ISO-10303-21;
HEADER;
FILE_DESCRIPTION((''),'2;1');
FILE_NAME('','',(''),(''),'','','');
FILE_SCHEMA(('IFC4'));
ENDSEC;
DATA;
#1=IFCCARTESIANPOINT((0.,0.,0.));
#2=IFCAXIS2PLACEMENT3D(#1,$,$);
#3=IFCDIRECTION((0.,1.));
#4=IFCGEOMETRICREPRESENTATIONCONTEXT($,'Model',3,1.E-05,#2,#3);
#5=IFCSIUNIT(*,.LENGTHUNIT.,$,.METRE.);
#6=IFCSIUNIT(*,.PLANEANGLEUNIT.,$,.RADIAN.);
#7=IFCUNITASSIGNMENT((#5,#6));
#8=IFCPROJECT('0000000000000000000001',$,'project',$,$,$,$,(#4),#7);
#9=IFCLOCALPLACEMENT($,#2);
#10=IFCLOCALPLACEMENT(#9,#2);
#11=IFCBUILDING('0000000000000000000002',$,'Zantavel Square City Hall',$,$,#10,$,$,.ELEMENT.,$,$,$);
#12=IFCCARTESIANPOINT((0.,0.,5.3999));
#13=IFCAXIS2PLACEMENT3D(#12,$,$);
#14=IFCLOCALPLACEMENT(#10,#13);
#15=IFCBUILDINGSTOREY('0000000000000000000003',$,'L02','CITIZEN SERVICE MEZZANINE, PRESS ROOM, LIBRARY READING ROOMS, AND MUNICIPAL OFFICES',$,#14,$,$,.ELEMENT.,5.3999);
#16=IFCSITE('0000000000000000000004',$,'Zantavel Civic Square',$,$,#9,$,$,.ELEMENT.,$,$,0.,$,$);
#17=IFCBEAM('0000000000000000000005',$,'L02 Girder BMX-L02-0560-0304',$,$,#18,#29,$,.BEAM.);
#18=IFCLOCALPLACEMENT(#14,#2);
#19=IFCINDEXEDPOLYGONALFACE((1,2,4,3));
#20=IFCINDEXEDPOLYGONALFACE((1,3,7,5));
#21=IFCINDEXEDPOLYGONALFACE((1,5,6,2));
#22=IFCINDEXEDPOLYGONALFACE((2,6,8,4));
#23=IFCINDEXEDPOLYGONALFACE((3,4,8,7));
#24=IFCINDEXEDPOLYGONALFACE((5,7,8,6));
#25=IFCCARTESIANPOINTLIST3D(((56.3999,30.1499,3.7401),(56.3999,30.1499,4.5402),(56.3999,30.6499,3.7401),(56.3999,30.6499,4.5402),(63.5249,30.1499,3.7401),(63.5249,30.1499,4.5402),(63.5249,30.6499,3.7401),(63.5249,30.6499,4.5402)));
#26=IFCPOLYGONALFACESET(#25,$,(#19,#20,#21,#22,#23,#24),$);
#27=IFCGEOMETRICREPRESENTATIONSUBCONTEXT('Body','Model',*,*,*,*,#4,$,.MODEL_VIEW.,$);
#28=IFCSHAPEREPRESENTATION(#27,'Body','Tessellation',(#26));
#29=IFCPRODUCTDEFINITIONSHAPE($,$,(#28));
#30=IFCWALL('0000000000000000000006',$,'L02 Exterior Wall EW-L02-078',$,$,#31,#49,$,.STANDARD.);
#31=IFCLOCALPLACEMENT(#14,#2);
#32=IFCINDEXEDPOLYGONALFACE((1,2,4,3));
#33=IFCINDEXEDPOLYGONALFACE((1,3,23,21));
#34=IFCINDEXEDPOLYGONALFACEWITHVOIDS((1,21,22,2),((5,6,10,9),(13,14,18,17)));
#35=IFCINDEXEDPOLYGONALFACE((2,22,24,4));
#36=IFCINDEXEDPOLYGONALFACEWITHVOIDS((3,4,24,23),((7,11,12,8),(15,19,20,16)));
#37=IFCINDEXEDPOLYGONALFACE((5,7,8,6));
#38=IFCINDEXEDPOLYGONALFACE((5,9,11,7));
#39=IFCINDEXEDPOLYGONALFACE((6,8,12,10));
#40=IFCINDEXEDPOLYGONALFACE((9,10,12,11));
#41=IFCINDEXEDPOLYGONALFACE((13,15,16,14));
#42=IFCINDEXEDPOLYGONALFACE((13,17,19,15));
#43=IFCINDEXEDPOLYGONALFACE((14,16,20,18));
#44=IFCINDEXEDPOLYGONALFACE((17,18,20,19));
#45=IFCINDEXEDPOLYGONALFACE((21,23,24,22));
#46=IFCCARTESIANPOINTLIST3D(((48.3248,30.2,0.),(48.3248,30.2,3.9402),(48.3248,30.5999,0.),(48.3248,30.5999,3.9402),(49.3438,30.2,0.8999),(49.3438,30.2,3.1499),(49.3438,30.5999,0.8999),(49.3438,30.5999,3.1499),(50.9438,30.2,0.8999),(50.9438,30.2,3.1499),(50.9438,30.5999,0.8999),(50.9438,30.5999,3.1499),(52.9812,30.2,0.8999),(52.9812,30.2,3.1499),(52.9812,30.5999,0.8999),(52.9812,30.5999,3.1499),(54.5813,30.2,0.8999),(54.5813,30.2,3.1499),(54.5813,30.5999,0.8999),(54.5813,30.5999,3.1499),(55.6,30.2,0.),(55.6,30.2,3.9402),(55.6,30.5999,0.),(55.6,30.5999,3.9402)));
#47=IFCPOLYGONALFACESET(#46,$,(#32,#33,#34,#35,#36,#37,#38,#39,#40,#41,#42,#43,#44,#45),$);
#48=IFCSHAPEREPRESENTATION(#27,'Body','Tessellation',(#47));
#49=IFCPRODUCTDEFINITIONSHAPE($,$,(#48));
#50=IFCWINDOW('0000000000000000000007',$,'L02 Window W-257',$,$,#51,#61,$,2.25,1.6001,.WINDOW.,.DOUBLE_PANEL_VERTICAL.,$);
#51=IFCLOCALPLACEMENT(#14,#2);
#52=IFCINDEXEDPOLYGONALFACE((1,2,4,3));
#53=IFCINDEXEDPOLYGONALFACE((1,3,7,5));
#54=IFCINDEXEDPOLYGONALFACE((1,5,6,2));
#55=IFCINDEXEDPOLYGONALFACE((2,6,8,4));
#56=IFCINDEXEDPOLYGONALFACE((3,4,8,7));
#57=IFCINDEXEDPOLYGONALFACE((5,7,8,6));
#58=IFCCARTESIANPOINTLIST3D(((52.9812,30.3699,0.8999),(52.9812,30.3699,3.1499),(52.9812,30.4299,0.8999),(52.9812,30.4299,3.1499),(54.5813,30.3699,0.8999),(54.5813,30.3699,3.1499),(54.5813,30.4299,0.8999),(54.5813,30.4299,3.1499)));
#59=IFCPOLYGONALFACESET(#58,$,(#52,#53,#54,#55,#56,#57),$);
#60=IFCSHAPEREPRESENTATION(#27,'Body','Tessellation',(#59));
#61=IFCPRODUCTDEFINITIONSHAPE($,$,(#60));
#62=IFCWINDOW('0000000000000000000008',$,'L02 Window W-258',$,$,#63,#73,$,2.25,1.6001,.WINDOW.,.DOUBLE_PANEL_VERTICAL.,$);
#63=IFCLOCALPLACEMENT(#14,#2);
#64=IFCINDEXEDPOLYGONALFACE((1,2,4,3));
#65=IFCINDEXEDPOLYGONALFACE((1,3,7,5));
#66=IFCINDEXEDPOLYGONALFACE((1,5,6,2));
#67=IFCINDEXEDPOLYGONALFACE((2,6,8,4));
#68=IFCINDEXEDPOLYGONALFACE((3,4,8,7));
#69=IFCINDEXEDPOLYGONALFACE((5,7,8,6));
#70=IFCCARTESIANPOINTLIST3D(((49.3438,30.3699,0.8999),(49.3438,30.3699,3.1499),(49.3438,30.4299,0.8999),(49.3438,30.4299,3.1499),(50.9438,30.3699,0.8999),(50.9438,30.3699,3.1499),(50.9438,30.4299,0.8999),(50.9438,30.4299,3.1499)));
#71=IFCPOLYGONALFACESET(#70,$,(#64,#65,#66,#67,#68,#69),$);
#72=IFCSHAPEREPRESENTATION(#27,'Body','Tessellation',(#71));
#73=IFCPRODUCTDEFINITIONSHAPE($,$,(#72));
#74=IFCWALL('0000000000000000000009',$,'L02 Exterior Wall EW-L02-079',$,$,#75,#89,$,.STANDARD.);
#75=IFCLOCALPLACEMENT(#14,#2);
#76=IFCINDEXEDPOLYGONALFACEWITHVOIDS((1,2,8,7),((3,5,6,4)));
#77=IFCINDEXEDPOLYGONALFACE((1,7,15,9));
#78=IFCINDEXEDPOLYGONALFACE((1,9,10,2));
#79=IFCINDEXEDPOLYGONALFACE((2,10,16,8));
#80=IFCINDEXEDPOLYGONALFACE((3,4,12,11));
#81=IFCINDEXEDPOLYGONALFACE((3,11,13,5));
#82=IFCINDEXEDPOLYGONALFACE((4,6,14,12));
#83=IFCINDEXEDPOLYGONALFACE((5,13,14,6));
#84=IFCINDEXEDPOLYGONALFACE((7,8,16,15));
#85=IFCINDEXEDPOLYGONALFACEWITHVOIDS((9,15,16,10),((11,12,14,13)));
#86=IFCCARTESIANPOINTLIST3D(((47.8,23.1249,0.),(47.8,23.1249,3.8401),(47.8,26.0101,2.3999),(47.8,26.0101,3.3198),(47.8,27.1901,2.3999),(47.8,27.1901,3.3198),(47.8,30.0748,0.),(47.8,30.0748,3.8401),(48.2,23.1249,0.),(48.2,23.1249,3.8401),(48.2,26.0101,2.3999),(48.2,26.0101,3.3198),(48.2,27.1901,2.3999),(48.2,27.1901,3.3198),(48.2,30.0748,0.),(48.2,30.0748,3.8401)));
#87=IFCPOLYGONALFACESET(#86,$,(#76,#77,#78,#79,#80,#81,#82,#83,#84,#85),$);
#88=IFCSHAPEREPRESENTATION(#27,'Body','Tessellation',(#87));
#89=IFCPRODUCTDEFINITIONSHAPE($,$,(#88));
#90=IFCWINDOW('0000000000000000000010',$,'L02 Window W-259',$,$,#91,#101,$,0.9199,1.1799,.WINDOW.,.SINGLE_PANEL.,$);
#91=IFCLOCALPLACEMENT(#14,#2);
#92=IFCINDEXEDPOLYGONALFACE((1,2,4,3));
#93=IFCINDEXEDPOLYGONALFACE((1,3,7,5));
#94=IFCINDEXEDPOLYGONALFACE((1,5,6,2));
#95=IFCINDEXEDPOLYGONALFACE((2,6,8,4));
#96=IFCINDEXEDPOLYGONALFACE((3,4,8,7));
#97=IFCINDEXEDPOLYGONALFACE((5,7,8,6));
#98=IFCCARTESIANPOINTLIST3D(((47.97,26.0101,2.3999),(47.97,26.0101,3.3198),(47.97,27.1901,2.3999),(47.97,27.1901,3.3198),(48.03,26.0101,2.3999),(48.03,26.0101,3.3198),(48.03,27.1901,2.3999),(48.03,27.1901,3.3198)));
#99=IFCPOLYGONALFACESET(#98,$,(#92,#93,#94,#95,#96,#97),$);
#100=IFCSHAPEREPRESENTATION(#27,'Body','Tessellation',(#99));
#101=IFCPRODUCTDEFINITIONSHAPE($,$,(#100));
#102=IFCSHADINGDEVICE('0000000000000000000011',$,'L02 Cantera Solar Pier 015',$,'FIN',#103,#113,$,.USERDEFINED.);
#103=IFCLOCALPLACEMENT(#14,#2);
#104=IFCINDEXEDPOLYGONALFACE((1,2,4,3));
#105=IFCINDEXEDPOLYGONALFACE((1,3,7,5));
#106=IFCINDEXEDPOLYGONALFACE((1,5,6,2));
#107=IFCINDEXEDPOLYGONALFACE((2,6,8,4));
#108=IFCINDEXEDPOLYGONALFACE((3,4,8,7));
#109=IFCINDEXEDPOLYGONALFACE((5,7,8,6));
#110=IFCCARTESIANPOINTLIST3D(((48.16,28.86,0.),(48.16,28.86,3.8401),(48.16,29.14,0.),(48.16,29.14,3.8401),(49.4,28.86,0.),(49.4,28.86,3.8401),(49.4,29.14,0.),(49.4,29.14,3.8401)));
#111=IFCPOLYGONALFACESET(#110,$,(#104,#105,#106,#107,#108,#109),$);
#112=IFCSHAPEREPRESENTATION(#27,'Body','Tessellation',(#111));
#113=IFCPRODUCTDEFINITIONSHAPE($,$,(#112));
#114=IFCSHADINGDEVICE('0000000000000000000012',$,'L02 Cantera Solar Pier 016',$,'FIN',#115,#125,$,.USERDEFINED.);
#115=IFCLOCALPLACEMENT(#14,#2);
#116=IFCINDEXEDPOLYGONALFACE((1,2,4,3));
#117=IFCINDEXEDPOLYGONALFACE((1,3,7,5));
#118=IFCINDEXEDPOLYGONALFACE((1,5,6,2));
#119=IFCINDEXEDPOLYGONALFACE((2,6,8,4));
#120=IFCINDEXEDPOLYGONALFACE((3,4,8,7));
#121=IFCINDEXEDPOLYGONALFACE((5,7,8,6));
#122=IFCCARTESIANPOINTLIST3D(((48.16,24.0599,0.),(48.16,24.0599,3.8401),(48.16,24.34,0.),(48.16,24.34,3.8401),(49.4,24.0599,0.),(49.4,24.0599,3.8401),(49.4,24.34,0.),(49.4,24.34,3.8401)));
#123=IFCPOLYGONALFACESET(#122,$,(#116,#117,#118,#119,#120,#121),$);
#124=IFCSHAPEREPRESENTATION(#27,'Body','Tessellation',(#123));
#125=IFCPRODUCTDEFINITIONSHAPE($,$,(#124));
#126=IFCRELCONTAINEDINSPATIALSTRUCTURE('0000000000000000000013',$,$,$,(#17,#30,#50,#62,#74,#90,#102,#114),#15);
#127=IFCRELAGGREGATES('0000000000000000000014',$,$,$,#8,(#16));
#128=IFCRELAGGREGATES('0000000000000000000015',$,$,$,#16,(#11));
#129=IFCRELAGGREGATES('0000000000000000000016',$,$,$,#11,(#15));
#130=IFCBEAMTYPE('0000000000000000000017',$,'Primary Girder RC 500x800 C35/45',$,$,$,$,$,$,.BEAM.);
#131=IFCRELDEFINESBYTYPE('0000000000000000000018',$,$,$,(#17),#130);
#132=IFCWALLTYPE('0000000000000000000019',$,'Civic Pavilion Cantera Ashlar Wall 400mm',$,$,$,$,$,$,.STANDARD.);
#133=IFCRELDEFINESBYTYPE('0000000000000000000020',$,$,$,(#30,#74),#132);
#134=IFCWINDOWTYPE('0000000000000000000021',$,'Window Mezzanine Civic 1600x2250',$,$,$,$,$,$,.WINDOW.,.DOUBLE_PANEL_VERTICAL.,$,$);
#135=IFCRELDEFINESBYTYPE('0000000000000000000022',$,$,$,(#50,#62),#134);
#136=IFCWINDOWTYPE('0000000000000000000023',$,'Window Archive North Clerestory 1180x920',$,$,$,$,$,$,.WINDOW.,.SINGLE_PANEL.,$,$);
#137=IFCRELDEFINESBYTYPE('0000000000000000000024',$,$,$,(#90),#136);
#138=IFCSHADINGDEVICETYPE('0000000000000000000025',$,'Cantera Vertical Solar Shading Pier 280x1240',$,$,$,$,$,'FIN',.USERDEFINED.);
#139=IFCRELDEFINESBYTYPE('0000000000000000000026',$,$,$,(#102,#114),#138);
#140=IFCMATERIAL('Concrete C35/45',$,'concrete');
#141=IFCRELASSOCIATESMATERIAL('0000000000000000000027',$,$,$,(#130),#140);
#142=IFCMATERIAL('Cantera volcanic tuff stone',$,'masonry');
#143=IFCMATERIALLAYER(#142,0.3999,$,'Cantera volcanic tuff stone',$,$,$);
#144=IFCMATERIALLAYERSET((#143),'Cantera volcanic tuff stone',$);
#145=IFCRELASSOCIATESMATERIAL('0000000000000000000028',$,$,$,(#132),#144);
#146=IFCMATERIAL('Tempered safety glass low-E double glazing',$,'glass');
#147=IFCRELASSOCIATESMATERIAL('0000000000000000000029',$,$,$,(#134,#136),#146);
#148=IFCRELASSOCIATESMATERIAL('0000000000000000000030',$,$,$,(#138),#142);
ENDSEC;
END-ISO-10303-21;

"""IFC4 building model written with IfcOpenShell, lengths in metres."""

from ifc_helpers import new_model, si_unit, direction, frame, frame_2d, origin, origin_2d, place, context, subcontext, project, spatial, rectangle, extrude, material, layer, layer_set, material_profile, profile_set, type_object, element, fill, save


model = new_model("IFC4")

# Units and contexts
model_context = context("Model", 3, precision=1e-05, world=origin(), true_north=direction((0.0, 1.0)))
body_context = subcontext(model_context, "Body", "Model", "MODEL_VIEW")
ifc_project = project(units=[si_unit("LENGTHUNIT", "METRE"), si_unit("PLANEANGLEUNIT", "RADIAN")], contexts=[model_context])

# Site, building, storey
site_placement = place(None, origin())
site = spatial("IfcSite", under=ifc_project, at=site_placement, Name="Zantavel Civic Square", CompositionType="ELEMENT", RefElevation=0.0)
building_placement = place(site_placement, origin())
building = spatial("IfcBuilding", under=site, at=building_placement, Name="Zantavel Square City Hall", CompositionType="ELEMENT")
storey_placement = place(building_placement, frame((0.0, 0.0, 5.3999)))
storey = spatial("IfcBuildingStorey", under=building, at=storey_placement, Name="L02", Description="CITIZEN SERVICE MEZZANINE, PRESS ROOM, LIBRARY READING ROOMS, AND MUNICIPAL OFFICES", CompositionType="ELEMENT", Elevation=5.3999)

# Beam
ifc_material_1 = material(Name="Concrete C35/45", Category="concrete")
ifc_material_profile_1 = material_profile(ifc_material_1, rectangle(XDim=0.5, YDim=0.8, at=origin_2d()), Name="RC 500x800")
ifc_profile_set_1 = profile_set([ifc_material_profile_1], Name="Concrete C35/45")
beam_type_1 = type_object("IfcBeamType", Name="Primary Girder RC 500x800 C35/45", PredefinedType="BEAM", material=ifc_profile_set_1)
beam_1_placement = place(storey_placement, frame((56.3999, 30.3999, 4.1401), z_axis=(1.0, 0.0, 0.0), x_axis=(0.0, 1.0, 0.0)))
element("IfcBeam", 1, at=beam_1_placement, inside=storey, type_object=beam_type_1, Name="L02 Girder BMX-L02-0560-0304", PredefinedType="BEAM", context=body_context, shape_type="SweptSolid", body=[
    extrude(rectangle(XDim=0.5, YDim=0.8, at=origin_2d()), origin(), (0.0, 0.0, 1.0), 7.125),
])

# Wall, openings, windows
ifc_material_2 = material(Name="Cantera volcanic tuff stone", Category="masonry")
ifc_layer = layer(ifc_material_2, 0.3999, Name="Cantera volcanic tuff stone")
ifc_layer_set = layer_set([ifc_layer], Name="Cantera volcanic tuff stone")
wall_type = type_object("IfcWallType", Name="Civic Pavilion Cantera Ashlar Wall 400mm", PredefinedType="STANDARD", material=ifc_layer_set)
wall_1_placement = place(storey_placement, frame((55.6001, 30.3999, 0.0), z_axis=(0.0, 0.0, 1.0), x_axis=(-1.0, 0.0, 0.0)))
wall_1 = element("IfcWall", 2, at=wall_1_placement, inside=storey, type_object=wall_type, Name="L02 Exterior Wall EW-L02-078", PredefinedType="STANDARD", context=body_context, shape_type="SweptSolid", body=[
    extrude(rectangle(XDim=7.2751, YDim=0.3999, at=frame_2d((3.6377, 0.0))), origin(), (0.0, 0.0, 1.0), 3.9402),
])
opening_1_placement = place(wall_1_placement, frame((1.0188, 0.0, 0.8999)))
opening_1 = element("IfcOpeningElement", 3, at=opening_1_placement, cuts=wall_1, PredefinedType="OPENING", context=body_context, shape_type="SweptSolid", body=[
    extrude(rectangle(XDim=1.6001, YDim=2.25, at=frame_2d((0.8, 1.125))), frame((0.0, 0.21, 0.0), z_axis=(0.0, -1.0, 0.0), x_axis=(1.0, 0.0, 0.0)), (0.0, 0.0, 1.0), 0.4199),
])
opening_2_placement = place(wall_1_placement, frame((4.6562, 0.0, 0.8999)))
opening_2 = element("IfcOpeningElement", 4, at=opening_2_placement, cuts=wall_1, PredefinedType="OPENING", context=body_context, shape_type="SweptSolid", body=[
    extrude(rectangle(XDim=1.6001, YDim=2.25, at=frame_2d((0.8, 1.125))), frame((0.0, 0.21, 0.0), z_axis=(0.0, -1.0, 0.0), x_axis=(1.0, 0.0, 0.0)), (0.0, 0.0, 1.0), 0.4199),
])
ifc_material_3 = material(Name="Tempered safety glass low-E double glazing", Category="glass")
window_type_1 = type_object("IfcWindowType", Name="Window Mezzanine Civic 1600x2250", PartitioningType="DOUBLE_PANEL_VERTICAL", PredefinedType="WINDOW", material=ifc_material_3)
window_1_placement = place(opening_1_placement, origin())
window_1 = element("IfcWindow", 5, at=window_1_placement, inside=storey, type_object=window_type_1, Name="L02 Window W-257", OverallHeight=2.25, OverallWidth=1.6001, PartitioningType="DOUBLE_PANEL_VERTICAL", PredefinedType="WINDOW", context=body_context, shape_type="SweptSolid", body=[
    extrude(rectangle(XDim=1.6001, YDim=2.25, at=frame_2d((0.8, 1.125))), frame((0.0, 0.03, 0.0), z_axis=(0.0, -1.0, 0.0), x_axis=(1.0, 0.0, 0.0)), (0.0, 0.0, 1.0), 0.0601),
])
fill(opening_1, window_1)
window_2_placement = place(opening_2_placement, origin())
window_2 = element("IfcWindow", 6, at=window_2_placement, inside=storey, type_object=window_type_1, Name="L02 Window W-258", OverallHeight=2.25, OverallWidth=1.6001, PartitioningType="DOUBLE_PANEL_VERTICAL", PredefinedType="WINDOW", context=body_context, shape_type="SweptSolid", body=[
    extrude(rectangle(XDim=1.6001, YDim=2.25, at=frame_2d((0.8, 1.125))), frame((0.0, 0.03, 0.0), z_axis=(0.0, -1.0, 0.0), x_axis=(1.0, 0.0, 0.0)), (0.0, 0.0, 1.0), 0.0601),
])
fill(opening_2, window_2)

# Wall, opening, window
wall_2_placement = place(storey_placement, frame((48.0, 30.075, 0.0), z_axis=(0.0, 0.0, 1.0), x_axis=(0.0, -1.0, 0.0)))
wall_2 = element("IfcWall", 7, at=wall_2_placement, inside=storey, type_object=wall_type, Name="L02 Exterior Wall EW-L02-079", PredefinedType="STANDARD", context=body_context, shape_type="SweptSolid", body=[
    extrude(rectangle(XDim=6.95, YDim=0.3999, at=frame_2d((3.4751, 0.0))), origin(), (0.0, 0.0, 1.0), 3.8401),
])
opening_3_placement = place(wall_2_placement, frame((2.885, 0.0, 2.3999)))
opening_3 = element("IfcOpeningElement", 8, at=opening_3_placement, cuts=wall_2, PredefinedType="OPENING", context=body_context, shape_type="SweptSolid", body=[
    extrude(rectangle(XDim=1.1799, YDim=0.9199, at=frame_2d((0.5898, 0.46))), frame((0.0, 0.21, 0.0), z_axis=(0.0, -1.0, 0.0), x_axis=(1.0, 0.0, 0.0)), (0.0, 0.0, 1.0), 0.4199),
])
window_type_2 = type_object("IfcWindowType", Name="Window Archive North Clerestory 1180x920", PartitioningType="SINGLE_PANEL", PredefinedType="WINDOW", material=ifc_material_3)
window_3_placement = place(opening_3_placement, origin())
window_3 = element("IfcWindow", 9, at=window_3_placement, inside=storey, type_object=window_type_2, Name="L02 Window W-259", OverallHeight=0.9199, OverallWidth=1.1799, PartitioningType="SINGLE_PANEL", PredefinedType="WINDOW", context=body_context, shape_type="SweptSolid", body=[
    extrude(rectangle(XDim=1.1799, YDim=0.9199, at=frame_2d((0.5898, 0.46))), frame((0.0, 0.03, 0.0), z_axis=(0.0, -1.0, 0.0), x_axis=(1.0, 0.0, 0.0)), (0.0, 0.0, 1.0), 0.0601),
])
fill(opening_3, window_3)

# Shading devices
shading_device_type = type_object("IfcShadingDeviceType", Name="Cantera Vertical Solar Shading Pier 280x1240", ElementType="FIN", PredefinedType="USERDEFINED", material=ifc_material_2)
for number, where, z_axis, x_axis, name in (
    (10, (48.78, 29.0, 0.0), (0.0, 0.0, 1.0), (1.0, 0.0, 0.0), "L02 Cantera Solar Pier 015"),
    (11, (48.78, 24.2, 0.0), (0.0, 0.0, 1.0), (1.0, 0.0, 0.0), "L02 Cantera Solar Pier 016"),
):
    element("IfcShadingDevice", number, at=place(storey_placement, frame(where, z_axis=z_axis, x_axis=x_axis)), inside=storey, type_object=shading_device_type, Name=name, ObjectType="FIN", PredefinedType="USERDEFINED", context=body_context, shape_type="SweptSolid", body=[
        extrude(rectangle(XDim=1.24, YDim=0.28, at=origin_2d()), origin(), (0.0, 0.0, 1.0), 3.8401),
    ])

save(model, "model.ifc")
